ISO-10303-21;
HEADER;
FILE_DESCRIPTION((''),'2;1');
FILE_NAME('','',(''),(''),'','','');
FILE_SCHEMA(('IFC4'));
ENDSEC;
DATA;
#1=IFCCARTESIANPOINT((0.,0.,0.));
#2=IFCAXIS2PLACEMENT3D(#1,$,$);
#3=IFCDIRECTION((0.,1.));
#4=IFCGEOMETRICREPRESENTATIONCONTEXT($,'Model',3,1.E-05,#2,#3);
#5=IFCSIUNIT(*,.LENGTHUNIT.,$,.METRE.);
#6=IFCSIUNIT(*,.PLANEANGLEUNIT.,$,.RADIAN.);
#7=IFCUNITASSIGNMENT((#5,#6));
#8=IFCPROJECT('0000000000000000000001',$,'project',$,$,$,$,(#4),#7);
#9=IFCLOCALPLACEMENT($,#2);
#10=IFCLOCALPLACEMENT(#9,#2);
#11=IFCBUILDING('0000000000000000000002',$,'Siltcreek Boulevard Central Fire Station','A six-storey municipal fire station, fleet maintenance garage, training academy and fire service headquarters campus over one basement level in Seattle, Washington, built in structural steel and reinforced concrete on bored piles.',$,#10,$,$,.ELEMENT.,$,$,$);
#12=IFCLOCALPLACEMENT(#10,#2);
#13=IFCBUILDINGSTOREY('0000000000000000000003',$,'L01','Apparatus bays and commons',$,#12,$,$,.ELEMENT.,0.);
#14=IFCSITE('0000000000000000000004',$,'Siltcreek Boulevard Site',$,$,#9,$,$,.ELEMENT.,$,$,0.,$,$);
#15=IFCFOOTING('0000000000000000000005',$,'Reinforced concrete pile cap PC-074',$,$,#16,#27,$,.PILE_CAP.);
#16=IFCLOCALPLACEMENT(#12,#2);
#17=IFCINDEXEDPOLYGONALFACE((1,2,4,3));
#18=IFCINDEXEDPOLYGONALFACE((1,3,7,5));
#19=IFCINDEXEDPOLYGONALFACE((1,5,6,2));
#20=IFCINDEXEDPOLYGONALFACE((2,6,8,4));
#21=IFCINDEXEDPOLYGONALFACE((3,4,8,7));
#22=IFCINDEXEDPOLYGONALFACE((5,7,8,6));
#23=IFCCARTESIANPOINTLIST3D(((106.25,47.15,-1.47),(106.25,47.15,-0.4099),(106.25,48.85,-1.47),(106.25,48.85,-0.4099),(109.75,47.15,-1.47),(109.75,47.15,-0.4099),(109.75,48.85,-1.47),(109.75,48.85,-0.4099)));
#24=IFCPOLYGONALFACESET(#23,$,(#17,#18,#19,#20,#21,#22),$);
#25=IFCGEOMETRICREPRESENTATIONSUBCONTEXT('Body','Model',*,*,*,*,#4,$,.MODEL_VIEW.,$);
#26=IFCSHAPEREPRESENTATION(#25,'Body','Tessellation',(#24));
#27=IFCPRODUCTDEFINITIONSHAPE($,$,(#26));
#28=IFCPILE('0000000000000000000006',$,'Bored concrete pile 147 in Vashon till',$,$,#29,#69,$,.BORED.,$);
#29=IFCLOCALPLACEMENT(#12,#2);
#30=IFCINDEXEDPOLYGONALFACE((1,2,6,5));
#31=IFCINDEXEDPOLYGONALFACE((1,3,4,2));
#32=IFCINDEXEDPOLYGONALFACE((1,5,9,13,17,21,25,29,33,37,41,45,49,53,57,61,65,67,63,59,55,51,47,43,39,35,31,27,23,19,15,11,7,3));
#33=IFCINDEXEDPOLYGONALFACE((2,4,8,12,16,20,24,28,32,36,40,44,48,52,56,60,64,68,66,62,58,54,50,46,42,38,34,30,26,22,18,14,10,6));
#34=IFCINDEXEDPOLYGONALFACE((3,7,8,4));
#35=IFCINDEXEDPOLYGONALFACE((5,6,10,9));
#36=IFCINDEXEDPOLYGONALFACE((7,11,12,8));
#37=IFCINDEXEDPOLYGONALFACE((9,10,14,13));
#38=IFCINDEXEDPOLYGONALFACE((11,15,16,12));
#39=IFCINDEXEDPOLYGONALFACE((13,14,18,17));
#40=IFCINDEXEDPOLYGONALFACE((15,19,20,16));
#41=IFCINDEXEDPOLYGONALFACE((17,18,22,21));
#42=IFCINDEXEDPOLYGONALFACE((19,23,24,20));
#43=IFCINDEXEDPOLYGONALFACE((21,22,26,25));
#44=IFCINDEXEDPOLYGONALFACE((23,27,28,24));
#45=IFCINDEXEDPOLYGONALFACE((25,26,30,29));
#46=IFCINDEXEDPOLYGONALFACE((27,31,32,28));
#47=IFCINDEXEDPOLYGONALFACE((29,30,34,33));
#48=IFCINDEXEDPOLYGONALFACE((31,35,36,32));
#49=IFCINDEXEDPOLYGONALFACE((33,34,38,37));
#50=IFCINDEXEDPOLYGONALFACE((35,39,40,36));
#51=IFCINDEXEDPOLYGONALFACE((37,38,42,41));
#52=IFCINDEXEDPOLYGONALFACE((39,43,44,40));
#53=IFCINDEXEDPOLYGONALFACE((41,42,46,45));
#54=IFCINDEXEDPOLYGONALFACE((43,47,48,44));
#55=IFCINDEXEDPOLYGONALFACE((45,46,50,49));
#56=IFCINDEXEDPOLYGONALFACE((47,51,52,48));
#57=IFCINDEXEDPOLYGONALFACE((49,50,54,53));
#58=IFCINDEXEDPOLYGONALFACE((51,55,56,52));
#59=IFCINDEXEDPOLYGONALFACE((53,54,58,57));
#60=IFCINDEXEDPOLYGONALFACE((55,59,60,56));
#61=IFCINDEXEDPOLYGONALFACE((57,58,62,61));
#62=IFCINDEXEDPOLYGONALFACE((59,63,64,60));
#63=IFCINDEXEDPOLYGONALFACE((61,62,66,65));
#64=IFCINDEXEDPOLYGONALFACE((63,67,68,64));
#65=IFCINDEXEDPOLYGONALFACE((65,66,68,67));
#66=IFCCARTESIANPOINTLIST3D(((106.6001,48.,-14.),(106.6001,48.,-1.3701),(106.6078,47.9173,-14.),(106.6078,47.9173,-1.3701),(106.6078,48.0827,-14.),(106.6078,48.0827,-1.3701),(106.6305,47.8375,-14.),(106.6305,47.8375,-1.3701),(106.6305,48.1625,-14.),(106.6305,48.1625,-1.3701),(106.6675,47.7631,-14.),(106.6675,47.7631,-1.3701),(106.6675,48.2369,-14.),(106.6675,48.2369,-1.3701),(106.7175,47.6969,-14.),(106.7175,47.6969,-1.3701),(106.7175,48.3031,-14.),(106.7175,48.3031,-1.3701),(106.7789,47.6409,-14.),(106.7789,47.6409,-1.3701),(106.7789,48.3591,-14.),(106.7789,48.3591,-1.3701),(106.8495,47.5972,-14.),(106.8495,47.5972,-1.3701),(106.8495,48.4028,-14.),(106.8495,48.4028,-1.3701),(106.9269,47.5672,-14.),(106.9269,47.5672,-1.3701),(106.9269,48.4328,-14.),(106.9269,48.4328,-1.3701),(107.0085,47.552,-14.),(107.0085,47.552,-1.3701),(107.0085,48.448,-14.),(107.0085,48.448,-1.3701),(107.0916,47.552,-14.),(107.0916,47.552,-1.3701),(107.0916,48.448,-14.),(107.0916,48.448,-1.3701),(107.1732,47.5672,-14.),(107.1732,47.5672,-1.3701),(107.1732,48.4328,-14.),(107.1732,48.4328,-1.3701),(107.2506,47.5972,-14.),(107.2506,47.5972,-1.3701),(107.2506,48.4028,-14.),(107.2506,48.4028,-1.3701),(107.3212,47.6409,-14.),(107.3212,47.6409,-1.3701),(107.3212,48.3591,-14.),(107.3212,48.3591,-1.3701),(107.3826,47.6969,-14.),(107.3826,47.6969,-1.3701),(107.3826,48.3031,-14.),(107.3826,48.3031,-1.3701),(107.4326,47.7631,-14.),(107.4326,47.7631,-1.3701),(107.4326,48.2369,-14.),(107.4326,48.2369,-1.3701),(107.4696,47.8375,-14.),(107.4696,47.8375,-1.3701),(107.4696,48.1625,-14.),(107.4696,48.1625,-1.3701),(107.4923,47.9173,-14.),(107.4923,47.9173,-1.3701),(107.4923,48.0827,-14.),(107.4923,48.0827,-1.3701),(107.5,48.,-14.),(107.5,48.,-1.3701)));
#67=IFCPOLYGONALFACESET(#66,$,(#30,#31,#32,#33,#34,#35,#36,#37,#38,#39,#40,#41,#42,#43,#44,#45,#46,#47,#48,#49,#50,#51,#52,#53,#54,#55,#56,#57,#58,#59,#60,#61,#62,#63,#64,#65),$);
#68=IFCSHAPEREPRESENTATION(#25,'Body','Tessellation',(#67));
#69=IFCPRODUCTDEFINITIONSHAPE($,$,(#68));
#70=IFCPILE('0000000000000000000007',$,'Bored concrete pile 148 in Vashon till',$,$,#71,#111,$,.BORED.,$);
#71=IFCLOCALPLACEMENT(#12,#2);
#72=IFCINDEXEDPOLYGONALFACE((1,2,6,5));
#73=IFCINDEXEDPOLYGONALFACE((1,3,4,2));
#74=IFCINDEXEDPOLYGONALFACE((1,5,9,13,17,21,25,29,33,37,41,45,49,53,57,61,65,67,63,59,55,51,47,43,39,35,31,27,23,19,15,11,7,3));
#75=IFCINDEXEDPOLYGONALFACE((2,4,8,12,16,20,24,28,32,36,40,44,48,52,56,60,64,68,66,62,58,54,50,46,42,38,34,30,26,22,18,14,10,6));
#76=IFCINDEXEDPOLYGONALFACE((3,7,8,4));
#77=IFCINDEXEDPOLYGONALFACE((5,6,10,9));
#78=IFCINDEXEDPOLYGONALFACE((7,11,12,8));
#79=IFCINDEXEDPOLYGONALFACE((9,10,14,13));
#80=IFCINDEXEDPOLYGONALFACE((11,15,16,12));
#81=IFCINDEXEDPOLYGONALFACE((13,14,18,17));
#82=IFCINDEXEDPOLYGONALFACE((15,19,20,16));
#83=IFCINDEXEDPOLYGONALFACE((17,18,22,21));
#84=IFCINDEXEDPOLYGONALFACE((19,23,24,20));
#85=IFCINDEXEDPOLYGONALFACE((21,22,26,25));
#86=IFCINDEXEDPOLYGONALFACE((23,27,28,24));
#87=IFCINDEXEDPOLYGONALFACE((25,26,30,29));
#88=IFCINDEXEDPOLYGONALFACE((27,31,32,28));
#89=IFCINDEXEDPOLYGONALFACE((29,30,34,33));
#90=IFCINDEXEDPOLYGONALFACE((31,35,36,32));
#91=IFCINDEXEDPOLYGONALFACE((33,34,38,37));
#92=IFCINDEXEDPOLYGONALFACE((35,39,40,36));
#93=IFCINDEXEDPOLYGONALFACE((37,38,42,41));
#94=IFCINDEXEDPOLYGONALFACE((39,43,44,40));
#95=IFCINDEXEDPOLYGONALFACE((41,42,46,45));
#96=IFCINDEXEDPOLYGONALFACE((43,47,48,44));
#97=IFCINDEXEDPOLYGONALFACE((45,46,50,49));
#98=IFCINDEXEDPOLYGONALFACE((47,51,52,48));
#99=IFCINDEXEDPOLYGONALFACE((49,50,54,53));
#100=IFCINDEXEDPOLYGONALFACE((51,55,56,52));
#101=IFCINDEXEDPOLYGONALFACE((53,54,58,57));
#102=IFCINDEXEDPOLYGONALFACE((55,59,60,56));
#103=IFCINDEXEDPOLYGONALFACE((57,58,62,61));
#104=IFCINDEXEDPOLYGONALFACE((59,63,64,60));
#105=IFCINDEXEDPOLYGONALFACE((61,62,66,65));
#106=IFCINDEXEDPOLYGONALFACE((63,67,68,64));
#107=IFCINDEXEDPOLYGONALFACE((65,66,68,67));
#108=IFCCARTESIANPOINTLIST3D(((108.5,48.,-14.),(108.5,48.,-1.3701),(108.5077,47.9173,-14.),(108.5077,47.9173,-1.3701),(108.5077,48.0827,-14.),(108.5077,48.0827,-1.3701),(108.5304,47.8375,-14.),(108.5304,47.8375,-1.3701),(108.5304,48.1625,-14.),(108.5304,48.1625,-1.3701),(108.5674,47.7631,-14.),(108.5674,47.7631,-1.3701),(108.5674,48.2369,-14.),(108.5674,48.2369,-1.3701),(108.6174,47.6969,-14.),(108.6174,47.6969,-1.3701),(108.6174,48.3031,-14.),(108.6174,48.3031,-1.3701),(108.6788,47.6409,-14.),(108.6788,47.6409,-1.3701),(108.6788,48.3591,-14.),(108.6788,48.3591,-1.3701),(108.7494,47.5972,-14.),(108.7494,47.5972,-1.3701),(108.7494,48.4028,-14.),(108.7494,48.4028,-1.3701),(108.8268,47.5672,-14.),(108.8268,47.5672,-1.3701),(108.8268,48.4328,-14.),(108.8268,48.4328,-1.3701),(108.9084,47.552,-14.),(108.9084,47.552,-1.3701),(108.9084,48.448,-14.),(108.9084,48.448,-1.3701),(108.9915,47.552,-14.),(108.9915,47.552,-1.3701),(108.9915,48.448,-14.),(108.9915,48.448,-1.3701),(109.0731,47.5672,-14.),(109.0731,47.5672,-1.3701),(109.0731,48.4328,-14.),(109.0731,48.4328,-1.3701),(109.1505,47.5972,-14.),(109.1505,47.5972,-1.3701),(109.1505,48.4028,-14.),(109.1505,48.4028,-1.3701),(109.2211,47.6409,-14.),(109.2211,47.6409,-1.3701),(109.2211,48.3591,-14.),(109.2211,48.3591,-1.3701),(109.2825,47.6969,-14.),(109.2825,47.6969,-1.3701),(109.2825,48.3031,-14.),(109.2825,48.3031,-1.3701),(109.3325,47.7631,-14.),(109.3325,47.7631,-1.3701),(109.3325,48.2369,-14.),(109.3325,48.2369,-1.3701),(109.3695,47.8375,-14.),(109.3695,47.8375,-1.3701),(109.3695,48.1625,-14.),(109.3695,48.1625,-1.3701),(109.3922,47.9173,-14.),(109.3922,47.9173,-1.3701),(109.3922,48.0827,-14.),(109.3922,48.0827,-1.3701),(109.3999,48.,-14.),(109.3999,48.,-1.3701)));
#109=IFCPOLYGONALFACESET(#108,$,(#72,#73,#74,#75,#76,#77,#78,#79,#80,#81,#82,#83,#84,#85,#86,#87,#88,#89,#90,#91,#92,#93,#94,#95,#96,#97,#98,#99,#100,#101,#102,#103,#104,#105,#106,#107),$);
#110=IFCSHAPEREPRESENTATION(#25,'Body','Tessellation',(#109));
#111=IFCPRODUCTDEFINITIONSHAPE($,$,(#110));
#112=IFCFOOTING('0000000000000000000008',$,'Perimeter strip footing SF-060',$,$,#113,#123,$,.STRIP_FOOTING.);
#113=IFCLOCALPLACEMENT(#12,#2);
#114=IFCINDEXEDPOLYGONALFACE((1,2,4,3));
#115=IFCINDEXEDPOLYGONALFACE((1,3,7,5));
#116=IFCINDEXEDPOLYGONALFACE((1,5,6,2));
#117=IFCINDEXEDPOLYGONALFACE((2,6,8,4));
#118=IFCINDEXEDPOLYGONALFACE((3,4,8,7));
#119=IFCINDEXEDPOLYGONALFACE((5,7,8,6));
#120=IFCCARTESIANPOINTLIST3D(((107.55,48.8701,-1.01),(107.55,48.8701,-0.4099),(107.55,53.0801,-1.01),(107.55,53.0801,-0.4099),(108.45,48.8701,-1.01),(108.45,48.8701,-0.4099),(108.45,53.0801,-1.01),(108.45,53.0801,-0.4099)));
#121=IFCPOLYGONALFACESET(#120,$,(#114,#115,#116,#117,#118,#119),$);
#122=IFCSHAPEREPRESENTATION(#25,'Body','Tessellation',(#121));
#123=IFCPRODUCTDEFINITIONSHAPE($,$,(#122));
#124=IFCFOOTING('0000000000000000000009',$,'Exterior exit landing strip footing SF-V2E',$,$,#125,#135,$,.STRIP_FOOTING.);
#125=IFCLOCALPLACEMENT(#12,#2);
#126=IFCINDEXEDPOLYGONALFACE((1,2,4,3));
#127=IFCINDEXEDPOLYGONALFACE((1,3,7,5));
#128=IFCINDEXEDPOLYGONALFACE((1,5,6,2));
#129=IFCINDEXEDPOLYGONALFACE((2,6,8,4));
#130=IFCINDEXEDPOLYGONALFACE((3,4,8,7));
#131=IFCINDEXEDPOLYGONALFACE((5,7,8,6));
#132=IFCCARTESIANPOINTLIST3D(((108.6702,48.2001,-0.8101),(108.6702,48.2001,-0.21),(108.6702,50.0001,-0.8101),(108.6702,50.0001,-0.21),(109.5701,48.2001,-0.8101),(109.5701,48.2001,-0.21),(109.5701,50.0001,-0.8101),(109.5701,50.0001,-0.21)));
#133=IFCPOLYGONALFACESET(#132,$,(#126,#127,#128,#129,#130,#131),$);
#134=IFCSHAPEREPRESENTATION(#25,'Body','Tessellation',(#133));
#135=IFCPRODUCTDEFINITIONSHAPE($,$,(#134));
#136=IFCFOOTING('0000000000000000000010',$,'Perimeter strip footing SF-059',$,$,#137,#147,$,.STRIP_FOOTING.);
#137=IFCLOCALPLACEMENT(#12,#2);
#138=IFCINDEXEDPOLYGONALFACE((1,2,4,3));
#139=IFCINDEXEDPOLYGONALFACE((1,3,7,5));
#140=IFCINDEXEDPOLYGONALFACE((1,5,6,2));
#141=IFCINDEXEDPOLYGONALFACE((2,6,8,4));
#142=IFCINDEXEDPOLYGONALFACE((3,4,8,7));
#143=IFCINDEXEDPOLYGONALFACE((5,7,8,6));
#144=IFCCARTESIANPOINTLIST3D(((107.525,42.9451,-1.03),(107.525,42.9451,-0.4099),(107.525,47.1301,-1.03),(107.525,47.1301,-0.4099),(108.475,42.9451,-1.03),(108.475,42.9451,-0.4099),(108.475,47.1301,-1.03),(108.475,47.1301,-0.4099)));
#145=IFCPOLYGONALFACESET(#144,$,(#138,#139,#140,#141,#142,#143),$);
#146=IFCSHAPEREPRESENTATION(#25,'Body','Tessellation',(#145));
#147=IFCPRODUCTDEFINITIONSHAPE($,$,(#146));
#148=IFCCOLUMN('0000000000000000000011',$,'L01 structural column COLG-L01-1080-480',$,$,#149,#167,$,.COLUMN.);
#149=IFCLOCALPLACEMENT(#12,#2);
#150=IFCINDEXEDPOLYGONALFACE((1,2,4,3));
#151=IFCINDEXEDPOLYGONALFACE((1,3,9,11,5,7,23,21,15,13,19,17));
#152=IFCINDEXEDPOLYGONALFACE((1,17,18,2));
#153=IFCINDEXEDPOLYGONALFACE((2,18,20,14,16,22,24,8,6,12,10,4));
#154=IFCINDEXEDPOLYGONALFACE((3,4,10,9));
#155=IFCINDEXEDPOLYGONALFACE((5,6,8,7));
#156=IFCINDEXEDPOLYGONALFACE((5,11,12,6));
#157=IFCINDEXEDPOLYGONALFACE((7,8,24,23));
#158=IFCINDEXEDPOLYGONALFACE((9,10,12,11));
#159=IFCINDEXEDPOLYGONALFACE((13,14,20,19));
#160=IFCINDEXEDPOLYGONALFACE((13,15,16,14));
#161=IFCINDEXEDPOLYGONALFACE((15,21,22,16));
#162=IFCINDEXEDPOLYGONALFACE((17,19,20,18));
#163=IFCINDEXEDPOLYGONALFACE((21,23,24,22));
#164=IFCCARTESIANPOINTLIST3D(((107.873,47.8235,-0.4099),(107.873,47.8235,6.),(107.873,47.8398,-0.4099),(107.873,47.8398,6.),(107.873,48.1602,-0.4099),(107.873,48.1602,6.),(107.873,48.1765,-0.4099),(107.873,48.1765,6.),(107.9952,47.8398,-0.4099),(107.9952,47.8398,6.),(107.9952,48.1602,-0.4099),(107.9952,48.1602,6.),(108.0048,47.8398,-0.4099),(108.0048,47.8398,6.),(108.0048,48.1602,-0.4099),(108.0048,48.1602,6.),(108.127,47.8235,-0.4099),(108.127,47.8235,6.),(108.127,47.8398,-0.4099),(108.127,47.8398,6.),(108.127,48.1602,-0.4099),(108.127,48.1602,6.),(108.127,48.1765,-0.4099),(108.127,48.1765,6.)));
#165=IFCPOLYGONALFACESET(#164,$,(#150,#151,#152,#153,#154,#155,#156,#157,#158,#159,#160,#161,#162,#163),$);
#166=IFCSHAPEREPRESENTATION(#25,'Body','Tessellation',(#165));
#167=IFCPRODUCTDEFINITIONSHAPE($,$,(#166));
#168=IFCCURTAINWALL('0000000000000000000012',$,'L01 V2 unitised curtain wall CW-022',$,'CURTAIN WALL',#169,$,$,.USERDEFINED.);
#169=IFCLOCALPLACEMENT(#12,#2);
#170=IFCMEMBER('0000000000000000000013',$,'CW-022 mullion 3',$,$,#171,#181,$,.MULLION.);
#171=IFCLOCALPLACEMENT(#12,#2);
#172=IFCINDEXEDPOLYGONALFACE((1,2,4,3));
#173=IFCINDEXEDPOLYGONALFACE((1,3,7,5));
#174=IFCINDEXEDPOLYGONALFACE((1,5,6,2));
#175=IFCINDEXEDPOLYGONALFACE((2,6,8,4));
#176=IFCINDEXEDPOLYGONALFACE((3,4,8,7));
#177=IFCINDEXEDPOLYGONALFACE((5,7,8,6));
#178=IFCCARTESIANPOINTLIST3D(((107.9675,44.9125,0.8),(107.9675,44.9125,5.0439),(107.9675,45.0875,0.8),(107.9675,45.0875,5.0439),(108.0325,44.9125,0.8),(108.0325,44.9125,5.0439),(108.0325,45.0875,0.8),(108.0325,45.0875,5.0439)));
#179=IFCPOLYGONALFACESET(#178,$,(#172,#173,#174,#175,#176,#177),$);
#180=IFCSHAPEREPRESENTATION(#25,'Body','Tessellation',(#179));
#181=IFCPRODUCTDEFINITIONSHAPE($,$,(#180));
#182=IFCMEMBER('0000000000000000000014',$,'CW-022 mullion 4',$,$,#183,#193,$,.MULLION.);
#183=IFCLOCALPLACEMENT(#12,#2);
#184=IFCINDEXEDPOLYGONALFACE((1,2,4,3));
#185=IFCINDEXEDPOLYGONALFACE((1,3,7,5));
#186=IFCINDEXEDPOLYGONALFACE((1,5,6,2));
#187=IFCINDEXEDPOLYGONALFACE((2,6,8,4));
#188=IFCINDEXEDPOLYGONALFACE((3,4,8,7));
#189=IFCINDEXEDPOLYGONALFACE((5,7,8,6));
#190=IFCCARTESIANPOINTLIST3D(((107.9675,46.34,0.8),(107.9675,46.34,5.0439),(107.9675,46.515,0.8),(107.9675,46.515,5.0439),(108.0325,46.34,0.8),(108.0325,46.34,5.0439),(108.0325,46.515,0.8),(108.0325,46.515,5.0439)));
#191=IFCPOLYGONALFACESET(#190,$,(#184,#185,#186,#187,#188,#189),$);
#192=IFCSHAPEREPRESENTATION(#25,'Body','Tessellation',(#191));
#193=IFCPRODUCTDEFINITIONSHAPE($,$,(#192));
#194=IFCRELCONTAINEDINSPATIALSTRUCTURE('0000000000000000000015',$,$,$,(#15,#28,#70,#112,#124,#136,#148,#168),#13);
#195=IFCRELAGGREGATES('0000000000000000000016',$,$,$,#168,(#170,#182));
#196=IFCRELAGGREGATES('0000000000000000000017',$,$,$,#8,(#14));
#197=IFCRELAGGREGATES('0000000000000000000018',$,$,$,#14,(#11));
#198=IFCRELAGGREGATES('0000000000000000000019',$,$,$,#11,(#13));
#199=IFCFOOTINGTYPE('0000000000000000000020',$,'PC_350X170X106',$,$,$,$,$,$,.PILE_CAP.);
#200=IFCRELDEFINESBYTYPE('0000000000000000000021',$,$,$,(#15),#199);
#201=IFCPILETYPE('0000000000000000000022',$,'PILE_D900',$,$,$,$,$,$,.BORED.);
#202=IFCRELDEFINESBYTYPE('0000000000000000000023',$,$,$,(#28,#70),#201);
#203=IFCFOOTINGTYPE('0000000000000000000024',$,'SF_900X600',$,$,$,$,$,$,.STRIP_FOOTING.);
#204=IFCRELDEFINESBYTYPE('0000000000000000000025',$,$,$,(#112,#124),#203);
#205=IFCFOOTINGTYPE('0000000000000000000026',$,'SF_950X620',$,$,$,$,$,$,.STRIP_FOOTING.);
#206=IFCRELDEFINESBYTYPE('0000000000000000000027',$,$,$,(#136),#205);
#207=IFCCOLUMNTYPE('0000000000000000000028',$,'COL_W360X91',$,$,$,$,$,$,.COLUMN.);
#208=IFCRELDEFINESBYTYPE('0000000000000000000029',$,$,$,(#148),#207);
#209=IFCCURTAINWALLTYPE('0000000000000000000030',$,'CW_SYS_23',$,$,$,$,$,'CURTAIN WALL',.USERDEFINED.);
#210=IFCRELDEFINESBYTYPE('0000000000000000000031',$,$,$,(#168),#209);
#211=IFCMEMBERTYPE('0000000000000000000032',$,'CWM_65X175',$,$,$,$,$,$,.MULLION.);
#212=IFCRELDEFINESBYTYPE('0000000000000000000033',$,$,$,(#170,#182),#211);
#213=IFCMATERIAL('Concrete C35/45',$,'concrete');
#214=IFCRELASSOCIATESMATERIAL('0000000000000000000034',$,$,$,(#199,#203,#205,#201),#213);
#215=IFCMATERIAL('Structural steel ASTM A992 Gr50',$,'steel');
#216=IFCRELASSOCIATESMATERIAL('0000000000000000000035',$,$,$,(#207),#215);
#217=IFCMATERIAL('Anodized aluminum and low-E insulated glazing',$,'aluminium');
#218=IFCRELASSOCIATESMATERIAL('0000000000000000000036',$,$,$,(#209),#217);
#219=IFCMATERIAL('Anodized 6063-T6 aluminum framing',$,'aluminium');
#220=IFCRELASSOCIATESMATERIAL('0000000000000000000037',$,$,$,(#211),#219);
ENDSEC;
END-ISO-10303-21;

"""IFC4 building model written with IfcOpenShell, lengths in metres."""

from ifc_helpers import new_model, si_unit, direction, frame, origin, origin_2d, place, context, subcontext, project, spatial, rectangle, circle, i_section, extrude, material, material_profile, profile_set, type_object, element, aggregate, save


model = new_model("IFC4")

# Units and contexts
model_context = context("Model", 3, precision=1e-05, world=origin(), true_north=direction((0.0, 1.0)))
body_context = subcontext(model_context, "Body", "Model", "MODEL_VIEW")
ifc_project = project(units=[si_unit("LENGTHUNIT", "METRE"), si_unit("PLANEANGLEUNIT", "RADIAN")], contexts=[model_context])

# Site, building, storey
site_placement = place(None, origin())
site = spatial("IfcSite", under=ifc_project, at=site_placement, Name="Siltcreek Boulevard Site", CompositionType="ELEMENT", RefElevation=0.0)
building_placement = place(site_placement, origin())
building = spatial("IfcBuilding", under=site, at=building_placement, Name="Siltcreek Boulevard Central Fire Station", Description="A six-storey municipal fire station, fleet maintenance garage, training academy and fire service headquarters campus over one basement level in Seattle, Washington, built in structural steel and reinforced concrete on bored piles.", CompositionType="ELEMENT")
storey_placement = place(building_placement, origin())
storey = spatial("IfcBuildingStorey", under=building, at=storey_placement, Name="L01", Description="Apparatus bays and commons", CompositionType="ELEMENT", Elevation=0.0)

# Footing
ifc_material_1 = material(Name="Concrete C35/45", Category="concrete")
footing_type_1 = type_object("IfcFootingType", Name="PC_350X170X106", PredefinedType="PILE_CAP", material=ifc_material_1)
footing_1_placement = place(storey_placement, frame((108.0, 48.0, -1.47), z_axis=(0.0, 0.0, 1.0), x_axis=(1.0, 0.0, 0.0)))
element("IfcFooting", 1, at=footing_1_placement, inside=storey, type_object=footing_type_1, Name="Reinforced concrete pile cap PC-074", PredefinedType="PILE_CAP", context=body_context, shape_type="SweptSolid", body=[
    extrude(rectangle(XDim=3.5, YDim=1.7, at=origin_2d()), origin(), (0.0, 0.0, 1.0), 1.0601),
])

# Piles
ifc_material_profile_1 = material_profile(ifc_material_1, circle(Radius=0.45, at=origin_2d()), Name="SHAFT900")
ifc_profile_set_1 = profile_set([ifc_material_profile_1], Name="Concrete C35/45")
pile_type = type_object("IfcPileType", Name="PILE_D900", PredefinedType="BORED", material=ifc_profile_set_1)
for number, where, z_axis, x_axis, name in (
    (2, (107.05, 48.0, -1.3701), (0.0, 0.0, -1.0), (1.0, 0.0, 0.0), "Bored concrete pile 147 in Vashon till"),
    (3, (108.95, 48.0, -1.3701), (0.0, 0.0, -1.0), (1.0, 0.0, 0.0), "Bored concrete pile 148 in Vashon till"),
):
    element("IfcPile", number, at=place(storey_placement, frame(where, z_axis=z_axis, x_axis=x_axis)), inside=storey, type_object=pile_type, Name=name, PredefinedType="BORED", context=body_context, shape_type="SweptSolid", body=[
        extrude(circle(Radius=0.45, at=origin_2d()), origin(), (0.0, 0.0, 1.0), 12.6299),
    ])

# Footings
footing_type_2 = type_object("IfcFootingType", Name="SF_900X600", PredefinedType="STRIP_FOOTING", material=ifc_material_1)
footing_2_placement = place(storey_placement, frame((108.0, 50.9751, -1.01), z_axis=(0.0, 0.0, 1.0), x_axis=(1.0, 0.0, 0.0)))
element("IfcFooting", 4, at=footing_2_placement, inside=storey, type_object=footing_type_2, Name="Perimeter strip footing SF-060", PredefinedType="STRIP_FOOTING", context=body_context, shape_type="SweptSolid", body=[
    extrude(rectangle(XDim=0.8999, YDim=4.21, at=origin_2d()), origin(), (0.0, 0.0, 1.0), 0.6001),
])
footing_3_placement = place(storey_placement, frame((109.1201, 49.1001, -0.8101), z_axis=(0.0, 0.0, 1.0), x_axis=(1.0, 0.0, 0.0)))
element("IfcFooting", 5, at=footing_3_placement, inside=storey, type_object=footing_type_2, Name="Exterior exit landing strip footing SF-V2E", PredefinedType="STRIP_FOOTING", context=body_context, shape_type="SweptSolid", body=[
    extrude(rectangle(XDim=0.8999, YDim=1.8, at=origin_2d()), origin(), (0.0, 0.0, 1.0), 0.6001),
])
footing_type_3 = type_object("IfcFootingType", Name="SF_950X620", PredefinedType="STRIP_FOOTING", material=ifc_material_1)
footing_4_placement = place(storey_placement, frame((108.0, 45.0376, -1.03), z_axis=(0.0, 0.0, 1.0), x_axis=(1.0, 0.0, 0.0)))
element("IfcFooting", 6, at=footing_4_placement, inside=storey, type_object=footing_type_3, Name="Perimeter strip footing SF-059", PredefinedType="STRIP_FOOTING", context=body_context, shape_type="SweptSolid", body=[
    extrude(rectangle(XDim=0.95, YDim=4.1851, at=origin_2d()), origin(), (0.0, 0.0, 1.0), 0.6201),
])

# Column
ifc_material_2 = material(Name="Structural steel ASTM A992 Gr50", Category="steel")
ifc_material_profile_2 = material_profile(ifc_material_2, i_section(OverallWidth=0.2539, OverallDepth=0.353, WebThickness=0.0095, FlangeThickness=0.0164, at=origin_2d()), Name="W360X91")
ifc_profile_set_2 = profile_set([ifc_material_profile_2], Name="Structural steel ASTM A992 Gr50")
column_type = type_object("IfcColumnType", Name="COL_W360X91", PredefinedType="COLUMN", material=ifc_profile_set_2)
column_placement = place(storey_placement, frame((108.0, 48.0, -0.4099), z_axis=(0.0, 0.0, 1.0), x_axis=(1.0, 0.0, 0.0)))
element("IfcColumn", 7, at=column_placement, inside=storey, type_object=column_type, Name="L01 structural column COLG-L01-1080-480", PredefinedType="COLUMN", context=body_context, shape_type="SweptSolid", body=[
    extrude(i_section(OverallWidth=0.2539, OverallDepth=0.353, WebThickness=0.0095, FlangeThickness=0.0164, at=origin_2d()), origin(), (0.0, 0.0, 1.0), 6.4099),
])

# Curtain wall, members
ifc_material_3 = material(Name="Anodized aluminum and low-E insulated glazing", Category="aluminium")
curtain_wall_type = type_object("IfcCurtainWallType", Name="CW_SYS_23", ElementType="CURTAIN WALL", PredefinedType="USERDEFINED", material=ifc_material_3)
curtain_wall_placement = place(storey_placement, origin())
curtain_wall = element("IfcCurtainWall", 8, at=curtain_wall_placement, inside=storey, type_object=curtain_wall_type, Name="L01 V2 unitised curtain wall CW-022", ObjectType="CURTAIN WALL", PredefinedType="USERDEFINED")
ifc_material_4 = material(Name="Anodized 6063-T6 aluminum framing", Category="aluminium")
ifc_material_profile_3 = material_profile(ifc_material_4, rectangle(XDim=0.0649, YDim=0.175, at=origin_2d()), Name="MULL65X175")
ifc_profile_set_3 = profile_set([ifc_material_profile_3], Name="Anodized 6063-T6 aluminum framing")
member_type_1 = type_object("IfcMemberType", Name="CWM_65X175", PredefinedType="MULLION", material=ifc_profile_set_3)
member_1_placement = place(storey_placement, frame((108.0, 45.0, 0.8), z_axis=(0.0, 0.0, 1.0), x_axis=(-1.0, 0.0, 0.0)))
member_1 = element("IfcMember", 9, at=member_1_placement, type_object=member_type_1, Name="CW-022 mullion 3", PredefinedType="MULLION", context=body_context, shape_type="SweptSolid", body=[
    extrude(rectangle(XDim=0.0649, YDim=0.175, at=origin_2d()), origin(), (0.0, 0.0, 1.0), 4.2439),
])
member_2_placement = place(storey_placement, frame((108.0, 46.4275, 0.8), z_axis=(0.0, 0.0, 1.0), x_axis=(-1.0, 0.0, 0.0)))
member_2 = element("IfcMember", 10, at=member_2_placement, type_object=member_type_1, Name="CW-022 mullion 4", PredefinedType="MULLION", context=body_context, shape_type="SweptSolid", body=[
    extrude(rectangle(XDim=0.0649, YDim=0.175, at=origin_2d()), origin(), (0.0, 0.0, 1.0), 4.2439),
])

aggregate(curtain_wall, [member_1, member_2])

save(model, "model.ifc")
